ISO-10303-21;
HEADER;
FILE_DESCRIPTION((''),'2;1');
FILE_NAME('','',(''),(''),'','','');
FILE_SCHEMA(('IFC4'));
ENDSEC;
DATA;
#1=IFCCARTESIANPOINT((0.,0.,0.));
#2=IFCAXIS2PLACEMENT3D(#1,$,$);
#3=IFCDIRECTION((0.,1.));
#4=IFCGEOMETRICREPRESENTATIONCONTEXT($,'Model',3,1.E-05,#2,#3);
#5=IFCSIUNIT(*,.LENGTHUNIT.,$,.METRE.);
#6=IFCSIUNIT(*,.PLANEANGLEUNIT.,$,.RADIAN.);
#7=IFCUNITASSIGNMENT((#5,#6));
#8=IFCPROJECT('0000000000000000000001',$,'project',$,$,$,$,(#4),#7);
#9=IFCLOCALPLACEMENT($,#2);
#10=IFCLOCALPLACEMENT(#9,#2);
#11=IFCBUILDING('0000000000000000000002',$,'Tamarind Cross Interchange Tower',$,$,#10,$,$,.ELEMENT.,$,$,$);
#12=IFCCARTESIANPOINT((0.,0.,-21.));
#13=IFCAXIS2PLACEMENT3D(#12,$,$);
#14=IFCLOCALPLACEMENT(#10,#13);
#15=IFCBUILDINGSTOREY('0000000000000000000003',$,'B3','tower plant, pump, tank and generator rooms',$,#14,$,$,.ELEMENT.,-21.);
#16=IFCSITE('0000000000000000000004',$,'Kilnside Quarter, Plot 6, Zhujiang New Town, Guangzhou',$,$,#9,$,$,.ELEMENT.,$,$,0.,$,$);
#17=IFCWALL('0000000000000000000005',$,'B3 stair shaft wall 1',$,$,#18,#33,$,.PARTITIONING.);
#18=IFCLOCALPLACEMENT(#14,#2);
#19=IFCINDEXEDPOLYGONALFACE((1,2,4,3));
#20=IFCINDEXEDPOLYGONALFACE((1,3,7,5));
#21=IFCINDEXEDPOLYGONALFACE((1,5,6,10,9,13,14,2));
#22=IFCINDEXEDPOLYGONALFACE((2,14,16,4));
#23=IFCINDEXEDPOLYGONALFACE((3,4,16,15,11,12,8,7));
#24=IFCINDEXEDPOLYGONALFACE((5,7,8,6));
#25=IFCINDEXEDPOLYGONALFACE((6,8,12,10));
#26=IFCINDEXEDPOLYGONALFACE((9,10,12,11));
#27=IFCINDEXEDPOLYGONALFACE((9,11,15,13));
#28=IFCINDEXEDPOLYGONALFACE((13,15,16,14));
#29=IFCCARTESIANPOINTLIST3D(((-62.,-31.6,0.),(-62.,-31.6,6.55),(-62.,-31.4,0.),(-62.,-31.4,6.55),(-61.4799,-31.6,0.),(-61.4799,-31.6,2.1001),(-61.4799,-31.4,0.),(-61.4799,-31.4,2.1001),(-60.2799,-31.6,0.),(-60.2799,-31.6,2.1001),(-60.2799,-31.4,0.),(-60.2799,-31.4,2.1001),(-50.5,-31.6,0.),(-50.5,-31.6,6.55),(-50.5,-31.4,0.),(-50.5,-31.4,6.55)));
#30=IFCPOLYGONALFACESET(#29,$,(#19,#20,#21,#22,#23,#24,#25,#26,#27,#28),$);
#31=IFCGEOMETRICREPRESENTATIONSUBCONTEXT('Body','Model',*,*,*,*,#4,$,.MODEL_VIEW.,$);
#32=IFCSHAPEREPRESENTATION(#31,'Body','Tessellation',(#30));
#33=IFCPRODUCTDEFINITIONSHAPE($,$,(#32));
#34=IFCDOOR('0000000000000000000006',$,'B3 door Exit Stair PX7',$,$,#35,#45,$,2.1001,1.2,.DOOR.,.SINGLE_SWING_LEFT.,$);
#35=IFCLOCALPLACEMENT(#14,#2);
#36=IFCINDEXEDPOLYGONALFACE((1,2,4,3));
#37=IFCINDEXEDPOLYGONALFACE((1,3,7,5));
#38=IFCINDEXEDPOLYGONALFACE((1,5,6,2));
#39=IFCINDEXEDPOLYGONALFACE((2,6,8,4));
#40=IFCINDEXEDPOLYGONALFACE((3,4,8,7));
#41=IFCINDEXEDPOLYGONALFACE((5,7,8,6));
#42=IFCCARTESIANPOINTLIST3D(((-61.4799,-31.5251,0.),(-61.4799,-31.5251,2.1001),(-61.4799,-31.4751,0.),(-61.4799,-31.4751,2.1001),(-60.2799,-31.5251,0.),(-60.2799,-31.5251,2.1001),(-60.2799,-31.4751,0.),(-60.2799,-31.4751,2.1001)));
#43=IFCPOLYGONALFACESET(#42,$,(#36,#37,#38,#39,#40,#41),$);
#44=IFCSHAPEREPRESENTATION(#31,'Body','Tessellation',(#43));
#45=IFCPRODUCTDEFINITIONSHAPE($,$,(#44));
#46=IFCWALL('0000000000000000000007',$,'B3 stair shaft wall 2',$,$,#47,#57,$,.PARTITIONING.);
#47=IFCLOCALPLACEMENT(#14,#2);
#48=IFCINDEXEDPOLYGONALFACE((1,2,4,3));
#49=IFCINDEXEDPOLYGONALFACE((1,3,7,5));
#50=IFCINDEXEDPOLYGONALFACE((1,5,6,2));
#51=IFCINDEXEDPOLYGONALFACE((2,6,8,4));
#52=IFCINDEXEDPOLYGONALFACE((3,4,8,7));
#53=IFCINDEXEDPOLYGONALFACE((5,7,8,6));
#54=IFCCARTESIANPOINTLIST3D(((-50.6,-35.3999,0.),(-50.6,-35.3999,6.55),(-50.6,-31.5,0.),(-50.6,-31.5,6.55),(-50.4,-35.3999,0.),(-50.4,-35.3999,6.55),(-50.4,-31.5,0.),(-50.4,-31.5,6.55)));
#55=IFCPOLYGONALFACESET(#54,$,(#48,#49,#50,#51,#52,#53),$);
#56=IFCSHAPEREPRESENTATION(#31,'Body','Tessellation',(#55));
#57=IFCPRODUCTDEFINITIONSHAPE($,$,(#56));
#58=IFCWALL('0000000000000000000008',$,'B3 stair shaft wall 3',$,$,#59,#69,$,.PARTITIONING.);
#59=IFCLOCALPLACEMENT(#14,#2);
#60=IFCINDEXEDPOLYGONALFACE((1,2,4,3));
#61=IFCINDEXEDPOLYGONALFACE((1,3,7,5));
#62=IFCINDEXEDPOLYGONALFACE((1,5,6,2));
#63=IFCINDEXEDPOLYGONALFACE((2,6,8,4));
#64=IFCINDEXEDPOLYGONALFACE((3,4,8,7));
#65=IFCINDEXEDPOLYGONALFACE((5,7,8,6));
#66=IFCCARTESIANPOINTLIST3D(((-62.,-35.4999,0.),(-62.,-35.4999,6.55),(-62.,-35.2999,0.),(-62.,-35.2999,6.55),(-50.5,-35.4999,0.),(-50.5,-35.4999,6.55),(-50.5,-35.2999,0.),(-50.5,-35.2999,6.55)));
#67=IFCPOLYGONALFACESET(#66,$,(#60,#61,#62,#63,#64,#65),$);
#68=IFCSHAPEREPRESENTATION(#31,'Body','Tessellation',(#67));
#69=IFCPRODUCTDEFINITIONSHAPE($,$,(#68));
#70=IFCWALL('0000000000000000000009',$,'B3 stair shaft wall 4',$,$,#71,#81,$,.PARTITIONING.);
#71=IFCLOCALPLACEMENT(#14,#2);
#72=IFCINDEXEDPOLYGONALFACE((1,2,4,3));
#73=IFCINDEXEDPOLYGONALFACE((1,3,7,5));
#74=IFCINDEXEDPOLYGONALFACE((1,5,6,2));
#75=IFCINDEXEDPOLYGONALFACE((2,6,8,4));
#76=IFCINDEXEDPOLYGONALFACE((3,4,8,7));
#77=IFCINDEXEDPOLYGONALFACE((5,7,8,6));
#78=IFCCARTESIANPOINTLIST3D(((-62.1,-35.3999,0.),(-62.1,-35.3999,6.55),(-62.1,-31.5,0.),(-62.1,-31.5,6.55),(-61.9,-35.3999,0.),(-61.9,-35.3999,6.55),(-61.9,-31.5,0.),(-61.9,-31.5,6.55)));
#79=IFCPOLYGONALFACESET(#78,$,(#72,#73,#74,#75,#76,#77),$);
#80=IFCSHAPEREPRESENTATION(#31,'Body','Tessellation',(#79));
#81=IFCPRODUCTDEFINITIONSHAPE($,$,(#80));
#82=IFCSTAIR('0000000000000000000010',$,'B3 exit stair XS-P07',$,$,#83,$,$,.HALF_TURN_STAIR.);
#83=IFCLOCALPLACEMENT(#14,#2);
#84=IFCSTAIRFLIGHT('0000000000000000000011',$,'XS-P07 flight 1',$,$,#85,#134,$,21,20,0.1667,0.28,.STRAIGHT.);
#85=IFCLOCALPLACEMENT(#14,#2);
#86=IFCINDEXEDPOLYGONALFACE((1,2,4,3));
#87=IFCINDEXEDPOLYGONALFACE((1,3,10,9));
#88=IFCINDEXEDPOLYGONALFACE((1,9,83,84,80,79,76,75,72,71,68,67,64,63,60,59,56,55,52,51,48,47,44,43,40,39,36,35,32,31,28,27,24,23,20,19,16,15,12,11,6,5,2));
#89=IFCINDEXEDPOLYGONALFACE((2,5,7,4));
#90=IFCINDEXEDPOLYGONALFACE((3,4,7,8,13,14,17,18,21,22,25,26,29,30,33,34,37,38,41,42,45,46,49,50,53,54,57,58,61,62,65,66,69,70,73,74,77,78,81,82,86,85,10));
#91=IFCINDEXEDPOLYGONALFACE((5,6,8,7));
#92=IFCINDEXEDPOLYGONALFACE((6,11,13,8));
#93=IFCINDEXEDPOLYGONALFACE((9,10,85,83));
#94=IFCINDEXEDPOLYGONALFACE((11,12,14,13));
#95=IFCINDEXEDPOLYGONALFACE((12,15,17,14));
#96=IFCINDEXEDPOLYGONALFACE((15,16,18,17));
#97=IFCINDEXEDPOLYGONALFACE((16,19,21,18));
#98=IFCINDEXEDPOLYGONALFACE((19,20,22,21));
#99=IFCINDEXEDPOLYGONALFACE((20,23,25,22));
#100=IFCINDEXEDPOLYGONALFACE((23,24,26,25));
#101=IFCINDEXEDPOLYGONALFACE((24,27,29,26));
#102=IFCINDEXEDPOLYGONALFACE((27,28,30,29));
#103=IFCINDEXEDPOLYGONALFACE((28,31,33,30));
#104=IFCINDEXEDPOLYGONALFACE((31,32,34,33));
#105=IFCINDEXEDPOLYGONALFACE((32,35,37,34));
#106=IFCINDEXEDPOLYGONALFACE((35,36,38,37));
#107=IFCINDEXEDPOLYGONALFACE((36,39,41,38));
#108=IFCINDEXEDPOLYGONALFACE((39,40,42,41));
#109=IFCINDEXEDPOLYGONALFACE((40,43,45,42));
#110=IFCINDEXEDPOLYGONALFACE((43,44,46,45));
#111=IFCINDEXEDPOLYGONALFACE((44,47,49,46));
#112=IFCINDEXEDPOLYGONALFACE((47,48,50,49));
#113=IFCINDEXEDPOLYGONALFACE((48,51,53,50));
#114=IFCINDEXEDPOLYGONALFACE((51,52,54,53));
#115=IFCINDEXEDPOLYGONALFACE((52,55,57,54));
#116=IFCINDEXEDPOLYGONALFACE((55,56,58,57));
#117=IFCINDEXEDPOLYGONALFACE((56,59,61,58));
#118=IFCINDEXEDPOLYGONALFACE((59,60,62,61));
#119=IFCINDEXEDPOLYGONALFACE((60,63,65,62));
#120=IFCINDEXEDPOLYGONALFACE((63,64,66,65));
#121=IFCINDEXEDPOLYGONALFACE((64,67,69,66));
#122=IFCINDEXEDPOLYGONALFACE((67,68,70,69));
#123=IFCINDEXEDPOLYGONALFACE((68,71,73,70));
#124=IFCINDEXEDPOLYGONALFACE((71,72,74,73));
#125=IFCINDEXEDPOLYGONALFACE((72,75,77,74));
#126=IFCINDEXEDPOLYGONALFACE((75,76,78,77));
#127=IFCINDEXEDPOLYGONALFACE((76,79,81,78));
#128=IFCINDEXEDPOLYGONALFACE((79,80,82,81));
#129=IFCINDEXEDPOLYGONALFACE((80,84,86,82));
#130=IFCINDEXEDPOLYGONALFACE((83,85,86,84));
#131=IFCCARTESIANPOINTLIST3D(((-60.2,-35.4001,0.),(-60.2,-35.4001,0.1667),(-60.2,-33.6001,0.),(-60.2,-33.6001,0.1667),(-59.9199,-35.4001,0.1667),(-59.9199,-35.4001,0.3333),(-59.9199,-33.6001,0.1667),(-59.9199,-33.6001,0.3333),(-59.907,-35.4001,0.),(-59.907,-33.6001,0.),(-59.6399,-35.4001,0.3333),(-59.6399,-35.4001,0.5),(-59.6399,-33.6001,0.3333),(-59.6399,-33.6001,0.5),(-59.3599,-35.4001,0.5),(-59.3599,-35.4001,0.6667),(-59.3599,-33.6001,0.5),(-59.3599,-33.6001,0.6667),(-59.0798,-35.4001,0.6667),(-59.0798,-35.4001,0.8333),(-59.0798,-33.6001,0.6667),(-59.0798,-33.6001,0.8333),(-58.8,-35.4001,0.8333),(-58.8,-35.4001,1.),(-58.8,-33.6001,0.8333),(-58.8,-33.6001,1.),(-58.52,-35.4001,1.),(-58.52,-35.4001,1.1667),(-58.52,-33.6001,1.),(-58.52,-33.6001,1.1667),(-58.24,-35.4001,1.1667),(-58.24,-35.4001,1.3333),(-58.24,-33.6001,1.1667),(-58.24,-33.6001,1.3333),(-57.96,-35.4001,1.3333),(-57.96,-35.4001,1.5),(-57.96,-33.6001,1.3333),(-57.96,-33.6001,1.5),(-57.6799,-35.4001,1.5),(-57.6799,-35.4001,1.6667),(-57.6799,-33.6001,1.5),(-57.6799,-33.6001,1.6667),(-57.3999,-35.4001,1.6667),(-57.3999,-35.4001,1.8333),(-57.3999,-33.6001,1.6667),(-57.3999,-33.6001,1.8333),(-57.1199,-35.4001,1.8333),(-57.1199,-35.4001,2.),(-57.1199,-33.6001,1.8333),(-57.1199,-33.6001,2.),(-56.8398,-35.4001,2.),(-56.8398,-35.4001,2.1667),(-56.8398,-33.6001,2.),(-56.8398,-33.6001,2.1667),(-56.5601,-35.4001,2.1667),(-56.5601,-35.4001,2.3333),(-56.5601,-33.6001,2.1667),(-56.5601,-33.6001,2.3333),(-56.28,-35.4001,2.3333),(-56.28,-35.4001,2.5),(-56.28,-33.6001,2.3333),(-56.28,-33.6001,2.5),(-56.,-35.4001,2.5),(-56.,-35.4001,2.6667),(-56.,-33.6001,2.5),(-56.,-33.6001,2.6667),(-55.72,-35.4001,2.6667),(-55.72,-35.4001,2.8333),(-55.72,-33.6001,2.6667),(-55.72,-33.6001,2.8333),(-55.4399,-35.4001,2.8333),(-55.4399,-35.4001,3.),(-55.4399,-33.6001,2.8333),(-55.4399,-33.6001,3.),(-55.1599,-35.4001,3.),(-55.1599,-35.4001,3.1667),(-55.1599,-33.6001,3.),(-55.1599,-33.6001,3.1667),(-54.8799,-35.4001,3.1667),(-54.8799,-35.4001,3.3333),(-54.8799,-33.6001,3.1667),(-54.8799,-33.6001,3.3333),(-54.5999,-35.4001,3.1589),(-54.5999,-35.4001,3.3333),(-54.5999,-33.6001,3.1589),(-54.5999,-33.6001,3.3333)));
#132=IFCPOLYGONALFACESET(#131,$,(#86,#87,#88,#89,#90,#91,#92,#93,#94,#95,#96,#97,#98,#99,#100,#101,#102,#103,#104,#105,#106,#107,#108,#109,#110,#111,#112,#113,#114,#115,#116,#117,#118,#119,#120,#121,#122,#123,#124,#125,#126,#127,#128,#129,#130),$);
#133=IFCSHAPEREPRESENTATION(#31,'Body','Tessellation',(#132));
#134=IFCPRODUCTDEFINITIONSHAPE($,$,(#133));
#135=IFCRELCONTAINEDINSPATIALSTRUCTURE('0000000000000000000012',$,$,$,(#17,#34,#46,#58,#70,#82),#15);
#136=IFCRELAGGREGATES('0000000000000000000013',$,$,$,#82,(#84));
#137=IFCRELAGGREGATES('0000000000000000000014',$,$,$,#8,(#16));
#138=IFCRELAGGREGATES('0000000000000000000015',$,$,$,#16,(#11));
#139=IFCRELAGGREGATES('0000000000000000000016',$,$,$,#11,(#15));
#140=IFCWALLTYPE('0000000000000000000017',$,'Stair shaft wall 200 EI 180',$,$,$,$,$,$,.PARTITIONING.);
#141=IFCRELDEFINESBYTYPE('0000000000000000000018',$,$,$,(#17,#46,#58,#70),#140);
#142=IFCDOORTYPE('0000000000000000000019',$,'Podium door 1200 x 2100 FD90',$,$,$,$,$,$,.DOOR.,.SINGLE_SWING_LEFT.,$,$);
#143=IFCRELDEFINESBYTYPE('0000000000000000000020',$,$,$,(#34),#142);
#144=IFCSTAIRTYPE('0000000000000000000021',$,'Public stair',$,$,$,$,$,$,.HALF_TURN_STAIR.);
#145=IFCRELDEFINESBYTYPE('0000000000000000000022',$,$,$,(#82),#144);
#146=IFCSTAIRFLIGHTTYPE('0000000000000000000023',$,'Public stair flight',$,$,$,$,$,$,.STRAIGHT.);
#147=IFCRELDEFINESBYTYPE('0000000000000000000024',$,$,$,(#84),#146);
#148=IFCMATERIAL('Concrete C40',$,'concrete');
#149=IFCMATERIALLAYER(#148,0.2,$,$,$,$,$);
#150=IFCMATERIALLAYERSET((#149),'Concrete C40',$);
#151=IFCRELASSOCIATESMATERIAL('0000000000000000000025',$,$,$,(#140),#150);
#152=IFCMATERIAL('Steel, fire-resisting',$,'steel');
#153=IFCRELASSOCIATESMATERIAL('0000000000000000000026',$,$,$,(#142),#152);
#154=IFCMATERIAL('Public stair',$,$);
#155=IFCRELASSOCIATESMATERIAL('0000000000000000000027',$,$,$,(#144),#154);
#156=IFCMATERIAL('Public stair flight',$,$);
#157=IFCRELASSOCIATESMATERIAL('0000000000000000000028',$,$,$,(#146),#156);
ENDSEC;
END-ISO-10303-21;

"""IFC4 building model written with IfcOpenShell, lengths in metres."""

from ifc_helpers import new_model, si_unit, direction, frame, frame_2d, origin, place, context, subcontext, project, spatial, polyline, rectangle, outline, extrude, material, layer, layer_set, type_object, element, fill, aggregate, save


model = new_model("IFC4")

# Units and contexts
model_context = context("Model", 3, precision=1e-05, world=origin(), true_north=direction((0.0, 1.0)))
body_context = subcontext(model_context, "Body", "Model", "MODEL_VIEW")
ifc_project = project(units=[si_unit("LENGTHUNIT", "METRE"), si_unit("PLANEANGLEUNIT", "RADIAN")], contexts=[model_context])

# Site, building, storey
site_placement = place(None, origin())
site = spatial("IfcSite", under=ifc_project, at=site_placement, Name="Kilnside Quarter, Plot 6, Zhujiang New Town, Guangzhou", CompositionType="ELEMENT", RefElevation=0.0)
building_placement = place(site_placement, origin())
building = spatial("IfcBuilding", under=site, at=building_placement, Name="Tamarind Cross Interchange Tower", CompositionType="ELEMENT")
storey_placement = place(building_placement, frame((0.0, 0.0, -21.0)))
storey = spatial("IfcBuildingStorey", under=building, at=storey_placement, Name="B3", Description="tower plant, pump, tank and generator rooms", CompositionType="ELEMENT", Elevation=-21.0)

# Shared definitions
ifc_material_1 = material(Name="Concrete C40", Category="concrete")

# Shared definitions
ifc_material_2 = material(Name="Steel, fire-resisting", Category="steel")

# Wall, opening, door
ifc_layer_1 = layer(ifc_material_1, 0.2)
ifc_layer_set_1 = layer_set([ifc_layer_1], Name="Concrete C40")
wall_type_1 = type_object("IfcWallType", Name="Stair shaft wall 200 EI 180", PredefinedType="PARTITIONING", material=ifc_layer_set_1)
wall_1_placement = place(storey_placement, frame((-62.0, -31.5, 0.0), z_axis=(0.0, 0.0, 1.0), x_axis=(1.0, 0.0, 0.0)))
wall_1 = element("IfcWall", 1, at=wall_1_placement, inside=storey, type_object=wall_type_1, Name="B3 stair shaft wall 1", PredefinedType="PARTITIONING", context=body_context, shape_type="SweptSolid", body=[
    extrude(rectangle(XDim=11.5, YDim=0.2, at=frame_2d((5.75, 0.0))), origin(), (0.0, 0.0, 1.0), 6.55),
])
opening_1_placement = place(wall_1_placement, frame((0.52, 0.0, 0.0)))
opening_1 = element("IfcOpeningElement", 2, at=opening_1_placement, cuts=wall_1, PredefinedType="OPENING", context=body_context, shape_type="SweptSolid", body=[
    extrude(rectangle(XDim=1.2, YDim=2.1001, at=frame_2d((0.6001, 1.05))), frame((0.0, 0.1099, 0.0), z_axis=(0.0, -1.0, 0.0), x_axis=(1.0, 0.0, 0.0)), (0.0, 0.0, 1.0), 0.22),
])
door_type_1 = type_object("IfcDoorType", Name="Podium door 1200 x 2100 FD90", OperationType="SINGLE_SWING_LEFT", PredefinedType="DOOR", material=ifc_material_2)
door_1_placement = place(opening_1_placement, origin())
door_1 = element("IfcDoor", 3, at=door_1_placement, inside=storey, type_object=door_type_1, Name="B3 door Exit Stair PX7", OperationType="SINGLE_SWING_LEFT", OverallHeight=2.1001, OverallWidth=1.2, PredefinedType="DOOR", context=body_context, shape_type="SweptSolid", body=[
    extrude(rectangle(XDim=1.2, YDim=2.1001, at=frame_2d((0.6001, 1.05))), frame((0.0, 0.0249, 0.0), z_axis=(0.0, -1.0, 0.0), x_axis=(1.0, 0.0, 0.0)), (0.0, 0.0, 1.0), 0.05),
])
fill(opening_1, door_1)

# Walls
wall_2_placement = place(storey_placement, frame((-50.5, -35.3999, 0.0), z_axis=(0.0, 0.0, 1.0), x_axis=(0.0, 1.0, 0.0)))
element("IfcWall", 4, at=wall_2_placement, inside=storey, type_object=wall_type_1, Name="B3 stair shaft wall 2", PredefinedType="PARTITIONING", context=body_context, shape_type="SweptSolid", body=[
    extrude(rectangle(XDim=3.8999, YDim=0.2, at=frame_2d((1.95, 0.0))), origin(), (0.0, 0.0, 1.0), 6.55),
])
wall_3_placement = place(storey_placement, frame((-62.0, -35.3999, 0.0), z_axis=(0.0, 0.0, 1.0), x_axis=(1.0, 0.0, 0.0)))
element("IfcWall", 5, at=wall_3_placement, inside=storey, type_object=wall_type_1, Name="B3 stair shaft wall 3", PredefinedType="PARTITIONING", context=body_context, shape_type="SweptSolid", body=[
    extrude(rectangle(XDim=11.5, YDim=0.2, at=frame_2d((5.75, 0.0))), origin(), (0.0, 0.0, 1.0), 6.55),
])
wall_4_placement = place(storey_placement, frame((-62.0, -35.3999, 0.0), z_axis=(0.0, 0.0, 1.0), x_axis=(0.0, 1.0, 0.0)))
element("IfcWall", 6, at=wall_4_placement, inside=storey, type_object=wall_type_1, Name="B3 stair shaft wall 4", PredefinedType="PARTITIONING", context=body_context, shape_type="SweptSolid", body=[
    extrude(rectangle(XDim=3.8999, YDim=0.2, at=frame_2d((1.95, 0.0))), origin(), (0.0, 0.0, 1.0), 6.55),
])

# Stair, stair flight
ifc_material_3 = material(Name="Public stair")
stair_type = type_object("IfcStairType", Name="Public stair", PredefinedType="HALF_TURN_STAIR", material=ifc_material_3)
stair_placement = place(storey_placement, origin())
stair = element("IfcStair", 7, at=stair_placement, inside=storey, type_object=stair_type, Name="B3 exit stair XS-P07", PredefinedType="HALF_TURN_STAIR")
ifc_material_4 = material(Name="Public stair flight")
stair_flight_type = type_object("IfcStairFlightType", Name="Public stair flight", PredefinedType="STRAIGHT", material=ifc_material_4)
stair_flight_1_placement = place(storey_placement, frame((-60.2, -34.5, 0.0), z_axis=(0.0, 0.0, 1.0), x_axis=(1.0, 0.0, 0.0)))
stair_flight_1 = element("IfcStairFlight", 8, at=stair_flight_1_placement, type_object=stair_flight_type, Name="XS-P07 flight 1", NumberOfRisers=21, NumberOfTreads=20, PredefinedType="STRAIGHT", RiserHeight=0.1667, TreadLength=0.28, context=body_context, shape_type="SweptSolid", body=[
    extrude(outline(polyline([(0.0, 0.0), (0.0, 0.1667), (0.28, 0.1667), (0.28, 0.3333), (0.5601, 0.3333), (0.5601, 0.5), (0.8401, 0.5), (0.8401, 0.6667), (1.1201, 0.6667), (1.1201, 0.8333), (1.3999, 0.8333), (1.3999, 1.0), (1.6799, 1.0), (1.6799, 1.1667), (1.96, 1.1667), (1.96, 1.3333), (2.24, 1.3333), (2.24, 1.5), (2.52, 1.5), (2.52, 1.6667), (2.8, 1.6667), (2.8, 1.8333), (3.0801, 1.8333), (3.0801, 2.0), (3.3601, 2.0), (3.3601, 2.1667), (3.6399, 2.1667), (3.6399, 2.3333), (3.9199, 2.3333), (3.9199, 2.5), (4.2, 2.5), (4.2, 2.6667), (4.48, 2.6667), (4.48, 2.8333), (4.76, 2.8333), (4.76, 3.0), (5.04, 3.0), (5.04, 3.1667), (5.3201, 3.1667), (5.3201, 3.3333), (5.6001, 3.3333), (5.6001, 3.5), (5.6001, 3.1589), (0.293, 0.0), (0.0, 0.0)])), frame((0.0, 0.8999, 0.0), z_axis=(0.0, -1.0, 0.0), x_axis=(1.0, 0.0, 0.0)), (0.0, 0.0, 1.0), 1.8),
])
aggregate(stair, [stair_flight_1])

save(model, "model.ifc")
